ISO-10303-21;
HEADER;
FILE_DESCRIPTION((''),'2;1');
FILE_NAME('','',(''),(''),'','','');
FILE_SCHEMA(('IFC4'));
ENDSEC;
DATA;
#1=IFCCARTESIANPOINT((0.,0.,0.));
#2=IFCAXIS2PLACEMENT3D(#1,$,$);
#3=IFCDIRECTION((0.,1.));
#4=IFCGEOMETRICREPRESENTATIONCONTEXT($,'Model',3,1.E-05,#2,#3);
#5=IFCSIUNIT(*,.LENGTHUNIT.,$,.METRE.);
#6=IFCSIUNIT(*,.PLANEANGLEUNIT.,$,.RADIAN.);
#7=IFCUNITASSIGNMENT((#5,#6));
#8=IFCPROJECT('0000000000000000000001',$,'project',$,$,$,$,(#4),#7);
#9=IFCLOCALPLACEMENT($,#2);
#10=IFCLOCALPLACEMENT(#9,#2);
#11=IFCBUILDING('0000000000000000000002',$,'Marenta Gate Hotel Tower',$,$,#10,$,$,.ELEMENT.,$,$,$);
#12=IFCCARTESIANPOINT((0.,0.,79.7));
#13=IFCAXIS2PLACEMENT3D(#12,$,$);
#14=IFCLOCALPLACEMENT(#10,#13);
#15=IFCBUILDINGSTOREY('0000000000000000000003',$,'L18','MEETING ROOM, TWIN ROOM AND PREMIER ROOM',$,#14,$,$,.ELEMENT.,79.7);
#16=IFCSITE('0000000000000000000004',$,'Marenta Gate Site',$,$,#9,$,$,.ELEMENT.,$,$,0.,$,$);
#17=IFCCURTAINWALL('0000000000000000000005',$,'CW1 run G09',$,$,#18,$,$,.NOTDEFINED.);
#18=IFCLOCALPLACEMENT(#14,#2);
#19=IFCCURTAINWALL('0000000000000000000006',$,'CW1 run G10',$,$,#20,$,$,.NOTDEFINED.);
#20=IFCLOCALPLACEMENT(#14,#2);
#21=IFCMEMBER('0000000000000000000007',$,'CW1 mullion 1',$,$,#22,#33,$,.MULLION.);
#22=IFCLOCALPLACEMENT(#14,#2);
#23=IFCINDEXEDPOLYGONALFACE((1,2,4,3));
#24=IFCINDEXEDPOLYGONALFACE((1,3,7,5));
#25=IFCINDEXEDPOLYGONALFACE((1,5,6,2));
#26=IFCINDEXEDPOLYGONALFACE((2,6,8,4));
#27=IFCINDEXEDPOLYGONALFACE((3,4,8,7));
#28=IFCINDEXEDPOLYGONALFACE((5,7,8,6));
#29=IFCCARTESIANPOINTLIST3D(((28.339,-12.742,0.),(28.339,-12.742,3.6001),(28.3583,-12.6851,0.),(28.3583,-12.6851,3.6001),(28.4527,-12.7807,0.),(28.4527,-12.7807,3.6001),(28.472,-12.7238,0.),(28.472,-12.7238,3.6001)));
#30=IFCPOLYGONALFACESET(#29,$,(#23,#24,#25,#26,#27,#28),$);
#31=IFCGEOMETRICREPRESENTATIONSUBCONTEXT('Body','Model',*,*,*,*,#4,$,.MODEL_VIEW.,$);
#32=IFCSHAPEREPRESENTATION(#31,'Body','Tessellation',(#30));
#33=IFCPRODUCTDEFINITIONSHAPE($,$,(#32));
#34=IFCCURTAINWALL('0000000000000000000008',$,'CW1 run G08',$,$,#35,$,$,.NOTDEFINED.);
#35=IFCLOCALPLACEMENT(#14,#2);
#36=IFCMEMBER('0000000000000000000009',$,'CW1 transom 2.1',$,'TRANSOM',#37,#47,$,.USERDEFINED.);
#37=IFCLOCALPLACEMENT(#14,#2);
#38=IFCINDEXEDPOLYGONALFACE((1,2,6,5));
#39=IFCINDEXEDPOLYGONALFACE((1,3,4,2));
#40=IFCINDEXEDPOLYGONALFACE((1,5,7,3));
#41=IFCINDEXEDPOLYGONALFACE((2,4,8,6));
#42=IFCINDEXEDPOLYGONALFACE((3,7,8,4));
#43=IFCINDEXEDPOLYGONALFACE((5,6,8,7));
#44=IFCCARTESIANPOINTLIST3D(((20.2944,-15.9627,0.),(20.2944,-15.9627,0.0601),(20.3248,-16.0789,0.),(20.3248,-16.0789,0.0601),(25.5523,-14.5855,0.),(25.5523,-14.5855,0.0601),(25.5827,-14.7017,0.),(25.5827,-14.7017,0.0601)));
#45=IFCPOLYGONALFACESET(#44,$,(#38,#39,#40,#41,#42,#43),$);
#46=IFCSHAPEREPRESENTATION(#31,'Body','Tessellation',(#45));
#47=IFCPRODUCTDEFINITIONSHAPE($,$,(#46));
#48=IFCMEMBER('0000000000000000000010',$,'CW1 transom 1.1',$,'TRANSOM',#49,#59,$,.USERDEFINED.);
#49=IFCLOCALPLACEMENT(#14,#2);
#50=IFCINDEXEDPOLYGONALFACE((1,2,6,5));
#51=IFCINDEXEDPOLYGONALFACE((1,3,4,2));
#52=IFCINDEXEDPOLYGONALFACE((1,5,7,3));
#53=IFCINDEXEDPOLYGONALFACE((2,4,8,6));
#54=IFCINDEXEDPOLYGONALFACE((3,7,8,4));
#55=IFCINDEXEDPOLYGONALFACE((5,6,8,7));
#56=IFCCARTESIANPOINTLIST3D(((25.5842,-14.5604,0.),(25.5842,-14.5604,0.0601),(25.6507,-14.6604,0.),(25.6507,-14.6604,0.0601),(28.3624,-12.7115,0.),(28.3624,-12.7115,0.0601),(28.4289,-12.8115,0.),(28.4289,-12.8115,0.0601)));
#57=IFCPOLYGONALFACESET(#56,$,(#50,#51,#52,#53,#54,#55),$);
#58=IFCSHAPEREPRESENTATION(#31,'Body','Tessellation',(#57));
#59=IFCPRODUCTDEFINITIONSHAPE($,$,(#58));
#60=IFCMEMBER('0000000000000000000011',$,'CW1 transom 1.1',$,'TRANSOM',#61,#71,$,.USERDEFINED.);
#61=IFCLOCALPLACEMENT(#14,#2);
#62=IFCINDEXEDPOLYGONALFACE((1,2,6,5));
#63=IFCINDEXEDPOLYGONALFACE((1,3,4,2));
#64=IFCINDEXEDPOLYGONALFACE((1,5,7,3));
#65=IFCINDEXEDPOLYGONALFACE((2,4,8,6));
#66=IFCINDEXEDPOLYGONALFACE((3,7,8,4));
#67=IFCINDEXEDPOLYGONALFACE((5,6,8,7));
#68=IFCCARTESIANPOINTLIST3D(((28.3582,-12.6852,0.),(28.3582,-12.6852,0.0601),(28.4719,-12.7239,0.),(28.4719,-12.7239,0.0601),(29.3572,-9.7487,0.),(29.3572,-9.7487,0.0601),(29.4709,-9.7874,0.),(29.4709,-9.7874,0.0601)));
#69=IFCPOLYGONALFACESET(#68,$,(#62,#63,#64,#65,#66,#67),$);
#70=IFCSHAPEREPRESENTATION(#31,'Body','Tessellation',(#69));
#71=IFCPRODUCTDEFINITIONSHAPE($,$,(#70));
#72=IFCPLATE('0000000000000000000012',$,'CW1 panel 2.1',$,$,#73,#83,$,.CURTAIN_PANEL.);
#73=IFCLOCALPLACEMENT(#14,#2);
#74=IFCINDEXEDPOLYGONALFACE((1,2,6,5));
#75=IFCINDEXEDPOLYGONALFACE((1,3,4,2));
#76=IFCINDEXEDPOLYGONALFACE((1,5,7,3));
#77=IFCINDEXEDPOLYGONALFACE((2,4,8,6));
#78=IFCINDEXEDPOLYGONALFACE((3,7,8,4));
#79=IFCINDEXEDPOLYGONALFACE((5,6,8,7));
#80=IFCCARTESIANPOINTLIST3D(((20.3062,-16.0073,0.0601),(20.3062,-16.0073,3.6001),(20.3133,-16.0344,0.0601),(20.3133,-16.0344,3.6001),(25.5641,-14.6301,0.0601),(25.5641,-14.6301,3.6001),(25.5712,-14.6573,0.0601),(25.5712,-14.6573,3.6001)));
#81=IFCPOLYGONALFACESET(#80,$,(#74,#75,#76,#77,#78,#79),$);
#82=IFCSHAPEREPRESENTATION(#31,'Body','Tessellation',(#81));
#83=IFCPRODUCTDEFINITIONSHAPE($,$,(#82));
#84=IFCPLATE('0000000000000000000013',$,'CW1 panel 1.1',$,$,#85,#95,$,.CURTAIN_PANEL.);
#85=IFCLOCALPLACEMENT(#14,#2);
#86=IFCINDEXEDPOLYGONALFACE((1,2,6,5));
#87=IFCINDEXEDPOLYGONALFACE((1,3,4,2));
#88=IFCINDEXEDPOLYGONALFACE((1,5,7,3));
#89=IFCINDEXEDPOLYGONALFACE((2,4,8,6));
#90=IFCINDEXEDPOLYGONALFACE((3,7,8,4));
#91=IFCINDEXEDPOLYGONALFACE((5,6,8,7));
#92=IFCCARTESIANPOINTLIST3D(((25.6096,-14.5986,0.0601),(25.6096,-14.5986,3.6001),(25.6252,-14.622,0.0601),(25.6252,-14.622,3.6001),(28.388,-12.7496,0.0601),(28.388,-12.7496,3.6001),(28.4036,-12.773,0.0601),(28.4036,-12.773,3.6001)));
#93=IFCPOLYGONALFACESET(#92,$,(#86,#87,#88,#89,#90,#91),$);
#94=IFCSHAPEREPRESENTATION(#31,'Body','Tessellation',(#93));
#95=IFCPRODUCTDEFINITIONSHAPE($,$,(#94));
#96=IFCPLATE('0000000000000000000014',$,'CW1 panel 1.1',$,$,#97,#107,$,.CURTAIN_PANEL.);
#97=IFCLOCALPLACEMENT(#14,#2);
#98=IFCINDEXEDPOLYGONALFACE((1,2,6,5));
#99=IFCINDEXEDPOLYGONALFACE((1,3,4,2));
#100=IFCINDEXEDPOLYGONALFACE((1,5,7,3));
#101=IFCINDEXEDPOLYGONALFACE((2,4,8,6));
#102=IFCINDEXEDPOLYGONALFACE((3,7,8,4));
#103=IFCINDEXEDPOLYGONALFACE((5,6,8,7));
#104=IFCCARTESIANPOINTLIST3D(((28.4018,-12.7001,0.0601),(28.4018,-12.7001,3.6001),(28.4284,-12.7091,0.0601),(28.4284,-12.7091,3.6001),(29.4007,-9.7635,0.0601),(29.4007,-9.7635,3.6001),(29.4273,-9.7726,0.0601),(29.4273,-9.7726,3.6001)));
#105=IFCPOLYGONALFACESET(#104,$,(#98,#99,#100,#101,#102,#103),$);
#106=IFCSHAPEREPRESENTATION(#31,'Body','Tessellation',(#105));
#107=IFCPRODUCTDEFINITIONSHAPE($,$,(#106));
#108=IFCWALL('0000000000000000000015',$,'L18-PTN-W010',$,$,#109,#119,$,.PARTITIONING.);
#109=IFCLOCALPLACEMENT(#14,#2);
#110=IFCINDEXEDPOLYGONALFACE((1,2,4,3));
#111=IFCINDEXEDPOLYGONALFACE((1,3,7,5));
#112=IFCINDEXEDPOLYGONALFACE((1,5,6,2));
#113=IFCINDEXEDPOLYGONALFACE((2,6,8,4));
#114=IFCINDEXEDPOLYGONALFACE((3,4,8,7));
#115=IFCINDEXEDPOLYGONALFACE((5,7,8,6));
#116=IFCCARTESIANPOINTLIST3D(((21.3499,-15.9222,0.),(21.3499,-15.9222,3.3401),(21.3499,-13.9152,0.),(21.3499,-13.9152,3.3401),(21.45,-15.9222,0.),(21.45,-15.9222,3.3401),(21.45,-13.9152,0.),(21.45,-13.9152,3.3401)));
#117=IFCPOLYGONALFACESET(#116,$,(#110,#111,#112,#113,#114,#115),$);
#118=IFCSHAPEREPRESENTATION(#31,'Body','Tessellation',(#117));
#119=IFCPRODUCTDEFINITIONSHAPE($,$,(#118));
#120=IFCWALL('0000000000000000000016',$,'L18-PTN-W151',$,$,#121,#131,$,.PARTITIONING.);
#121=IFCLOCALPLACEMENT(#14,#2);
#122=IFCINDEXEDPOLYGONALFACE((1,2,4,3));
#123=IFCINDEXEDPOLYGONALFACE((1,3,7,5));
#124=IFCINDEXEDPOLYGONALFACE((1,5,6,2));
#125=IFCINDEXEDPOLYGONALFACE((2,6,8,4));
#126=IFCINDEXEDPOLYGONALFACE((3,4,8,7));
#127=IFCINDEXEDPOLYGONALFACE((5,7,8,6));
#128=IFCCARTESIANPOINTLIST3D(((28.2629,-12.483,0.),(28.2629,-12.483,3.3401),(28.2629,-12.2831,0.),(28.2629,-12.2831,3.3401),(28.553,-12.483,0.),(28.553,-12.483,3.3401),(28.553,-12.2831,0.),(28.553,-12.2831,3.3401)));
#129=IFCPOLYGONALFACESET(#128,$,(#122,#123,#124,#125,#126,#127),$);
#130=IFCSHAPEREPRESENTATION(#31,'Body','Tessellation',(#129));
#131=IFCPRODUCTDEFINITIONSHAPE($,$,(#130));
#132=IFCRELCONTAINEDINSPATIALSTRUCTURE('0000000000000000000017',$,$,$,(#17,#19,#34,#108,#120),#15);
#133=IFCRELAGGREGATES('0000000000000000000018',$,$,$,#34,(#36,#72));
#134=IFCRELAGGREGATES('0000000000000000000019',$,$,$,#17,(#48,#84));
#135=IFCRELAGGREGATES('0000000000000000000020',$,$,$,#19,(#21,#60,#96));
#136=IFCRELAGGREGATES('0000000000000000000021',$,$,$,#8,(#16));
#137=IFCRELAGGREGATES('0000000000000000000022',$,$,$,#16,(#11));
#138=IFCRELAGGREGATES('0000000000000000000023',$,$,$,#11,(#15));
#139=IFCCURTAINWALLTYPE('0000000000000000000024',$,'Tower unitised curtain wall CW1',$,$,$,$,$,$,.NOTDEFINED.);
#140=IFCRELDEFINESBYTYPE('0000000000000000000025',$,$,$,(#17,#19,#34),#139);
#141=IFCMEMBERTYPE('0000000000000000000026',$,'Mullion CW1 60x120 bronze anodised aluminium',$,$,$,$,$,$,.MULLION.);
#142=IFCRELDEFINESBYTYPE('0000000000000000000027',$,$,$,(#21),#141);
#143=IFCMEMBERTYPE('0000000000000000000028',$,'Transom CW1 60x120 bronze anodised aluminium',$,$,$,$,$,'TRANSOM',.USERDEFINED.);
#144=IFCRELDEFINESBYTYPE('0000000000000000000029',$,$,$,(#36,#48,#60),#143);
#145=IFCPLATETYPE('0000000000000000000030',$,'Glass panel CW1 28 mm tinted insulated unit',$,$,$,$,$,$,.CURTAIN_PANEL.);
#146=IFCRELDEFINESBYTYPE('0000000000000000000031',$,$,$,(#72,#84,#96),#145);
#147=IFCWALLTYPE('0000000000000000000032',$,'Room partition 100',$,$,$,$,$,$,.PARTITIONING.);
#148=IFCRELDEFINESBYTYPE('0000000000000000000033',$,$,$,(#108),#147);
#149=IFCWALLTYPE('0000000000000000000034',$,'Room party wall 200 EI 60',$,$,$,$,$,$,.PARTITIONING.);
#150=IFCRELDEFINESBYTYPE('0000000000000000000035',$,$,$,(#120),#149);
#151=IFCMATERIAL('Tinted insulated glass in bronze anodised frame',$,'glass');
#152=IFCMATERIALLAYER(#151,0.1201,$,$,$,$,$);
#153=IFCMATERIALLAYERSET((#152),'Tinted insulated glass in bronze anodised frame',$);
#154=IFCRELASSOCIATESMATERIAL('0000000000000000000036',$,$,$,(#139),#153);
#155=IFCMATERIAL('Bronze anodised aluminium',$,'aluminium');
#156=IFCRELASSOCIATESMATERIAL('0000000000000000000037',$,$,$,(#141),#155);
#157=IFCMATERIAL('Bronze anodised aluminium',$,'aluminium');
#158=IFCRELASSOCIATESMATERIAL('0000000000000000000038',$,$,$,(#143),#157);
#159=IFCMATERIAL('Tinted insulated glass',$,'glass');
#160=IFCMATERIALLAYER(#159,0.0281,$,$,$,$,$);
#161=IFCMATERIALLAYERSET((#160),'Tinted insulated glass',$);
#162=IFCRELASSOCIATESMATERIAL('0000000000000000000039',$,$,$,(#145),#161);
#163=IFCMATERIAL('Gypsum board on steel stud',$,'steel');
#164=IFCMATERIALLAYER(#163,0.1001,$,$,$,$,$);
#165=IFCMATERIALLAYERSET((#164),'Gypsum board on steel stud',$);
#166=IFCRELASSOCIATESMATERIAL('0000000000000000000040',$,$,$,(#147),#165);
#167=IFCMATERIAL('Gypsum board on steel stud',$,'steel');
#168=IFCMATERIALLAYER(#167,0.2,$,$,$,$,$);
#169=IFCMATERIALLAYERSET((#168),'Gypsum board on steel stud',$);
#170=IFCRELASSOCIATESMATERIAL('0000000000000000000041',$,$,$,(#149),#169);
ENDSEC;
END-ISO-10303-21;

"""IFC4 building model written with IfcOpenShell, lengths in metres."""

from ifc_helpers import new_model, si_unit, direction, frame, frame_2d, origin, origin_2d, place, context, subcontext, project, spatial, rectangle, extrude, material, layer, layer_set, material_profile, profile_set, type_object, element, aggregate, save


model = new_model("IFC4")

# Units and contexts
model_context = context("Model", 3, precision=1e-05, world=origin(), true_north=direction((0.0, 1.0)))
body_context = subcontext(model_context, "Body", "Model", "MODEL_VIEW")
ifc_project = project(units=[si_unit("LENGTHUNIT", "METRE"), si_unit("PLANEANGLEUNIT", "RADIAN")], contexts=[model_context])

# Site, building, storey
site_placement = place(None, origin())
site = spatial("IfcSite", under=ifc_project, at=site_placement, Name="Marenta Gate Site", CompositionType="ELEMENT", RefElevation=0.0)
building_placement = place(site_placement, origin())
building = spatial("IfcBuilding", under=site, at=building_placement, Name="Marenta Gate Hotel Tower", CompositionType="ELEMENT")
storey_placement = place(building_placement, frame((0.0, 0.0, 79.7)))
storey = spatial("IfcBuildingStorey", under=building, at=storey_placement, Name="L18", Description="MEETING ROOM, TWIN ROOM AND PREMIER ROOM", CompositionType="ELEMENT", Elevation=79.7)

# Curtain walls, members
ifc_material_1 = material(Name="Tinted insulated glass in bronze anodised frame", Category="glass")
ifc_layer_1 = layer(ifc_material_1, 0.1201)
ifc_layer_set_1 = layer_set([ifc_layer_1], Name="Tinted insulated glass in bronze anodised frame")
curtain_wall_type = type_object("IfcCurtainWallType", Name="Tower unitised curtain wall CW1", PredefinedType="NOTDEFINED", material=ifc_layer_set_1)
curtain_wall_1_placement = place(storey_placement, origin())
curtain_wall_1 = element("IfcCurtainWall", 1, at=curtain_wall_1_placement, inside=storey, type_object=curtain_wall_type, Name="CW1 run G09", PredefinedType="NOTDEFINED")
ifc_material_2 = material(Name="Bronze anodised aluminium", Category="aluminium")
ifc_material_profile_1 = material_profile(ifc_material_2, rectangle(XDim=0.1201, YDim=0.0601, at=origin_2d()), Name="Mullion CW1 60x120 bronze anodised aluminium")
ifc_profile_set_1 = profile_set([ifc_material_profile_1], Name="Bronze anodised aluminium")
member_type_1 = type_object("IfcMemberType", Name="Mullion CW1 60x120 bronze anodised aluminium", PredefinedType="MULLION", material=ifc_profile_set_1)
curtain_wall_2_placement = place(storey_placement, origin())
curtain_wall_2 = element("IfcCurtainWall", 2, at=curtain_wall_2_placement, inside=storey, type_object=curtain_wall_type, Name="CW1 run G10", PredefinedType="NOTDEFINED")
member_1_placement = place(storey_placement, frame((28.4055, -12.7329, 0.0), z_axis=(0.0, 0.0, 1.0), x_axis=(-0.94673, 0.322029, 0.0)))
member_1 = element("IfcMember", 3, at=member_1_placement, type_object=member_type_1, Name="CW1 mullion 1", PredefinedType="MULLION", context=body_context, shape_type="SweptSolid", body=[
    extrude(rectangle(XDim=0.1201, YDim=0.0601, at=origin_2d()), origin(), (0.0, 0.0, 1.0), 3.6001),
])
curtain_wall_3_placement = place(storey_placement, origin())
curtain_wall_3 = element("IfcCurtainWall", 4, at=curtain_wall_3_placement, inside=storey, type_object=curtain_wall_type, Name="CW1 run G08", PredefinedType="NOTDEFINED")
ifc_material_3 = material(Name="Bronze anodised aluminium", Category="aluminium")
ifc_material_profile_2 = material_profile(ifc_material_3, rectangle(XDim=0.1201, YDim=0.0601, at=origin_2d()), Name="Transom CW1 60x120 bronze anodised aluminium")
ifc_profile_set_2 = profile_set([ifc_material_profile_2], Name="Bronze anodised aluminium")
member_type_2 = type_object("IfcMemberType", Name="Transom CW1 60x120 bronze anodised aluminium", ElementType="TRANSOM", PredefinedType="USERDEFINED", material=ifc_profile_set_2)
member_2_placement = place(storey_placement, frame((20.3096, -16.0208, 0.03), z_axis=(0.967368, 0.253374, 0.0), x_axis=(-0.253374, 0.967368, 0.0)))
member_2 = element("IfcMember", 5, at=member_2_placement, type_object=member_type_2, Name="CW1 transom 2.1", ObjectType="TRANSOM", PredefinedType="USERDEFINED", context=body_context, shape_type="SweptSolid", body=[
    extrude(rectangle(XDim=0.1201, YDim=0.0601, at=origin_2d()), origin(), (0.0, 0.0, 1.0), 5.4353),
])

# Members
member_3_placement = place(storey_placement, frame((25.6174, -14.6104, 0.03), z_axis=(0.832511, 0.554008, 0.0), x_axis=(-0.554008, 0.832511, 0.0)))
member_3 = element("IfcMember", 6, at=member_3_placement, type_object=member_type_2, Name="CW1 transom 1.1", ObjectType="TRANSOM", PredefinedType="USERDEFINED", context=body_context, shape_type="SweptSolid", body=[
    extrude(rectangle(XDim=0.1201, YDim=0.0601, at=origin_2d()), origin(), (0.0, 0.0, 1.0), 3.3372),
])
member_4_placement = place(storey_placement, frame((28.415, -12.7046, 0.03), z_axis=(0.322078, 0.946713, 0.0), x_axis=(-0.946713, 0.322078, 0.0)))
member_4 = element("IfcMember", 7, at=member_4_placement, type_object=member_type_2, Name="CW1 transom 1.1", ObjectType="TRANSOM", PredefinedType="USERDEFINED", context=body_context, shape_type="SweptSolid", body=[
    extrude(rectangle(XDim=0.1201, YDim=0.0601, at=origin_2d()), origin(), (0.0, 0.0, 1.0), 3.1018),
])

# Plates
ifc_material_4 = material(Name="Tinted insulated glass", Category="glass")
ifc_layer_2 = layer(ifc_material_4, 0.0281)
ifc_layer_set_2 = layer_set([ifc_layer_2], Name="Tinted insulated glass")
plate_type = type_object("IfcPlateType", Name="Glass panel CW1 28 mm tinted insulated unit", PredefinedType="CURTAIN_PANEL", material=ifc_layer_set_2)
plate_1_placement = place(storey_placement, frame((22.9387, -15.3323, 0.0601), z_axis=(0.0, 0.0, 1.0), x_axis=(0.967369, 0.253372, 0.0)))
plate_1 = element("IfcPlate", 8, at=plate_1_placement, type_object=plate_type, Name="CW1 panel 2.1", PredefinedType="CURTAIN_PANEL", context=body_context, shape_type="SweptSolid", body=[
    extrude(rectangle(XDim=5.4353, YDim=0.0281, at=origin_2d()), origin(), (0.0, 0.0, 1.0), 3.54),
])
aggregate(curtain_wall_3, [member_2, plate_1])
plate_2_placement = place(storey_placement, frame((27.0066, -13.6858, 0.0601), z_axis=(0.0, 0.0, 1.0), x_axis=(0.832494, 0.554034, 0.0)))
plate_2 = element("IfcPlate", 9, at=plate_2_placement, type_object=plate_type, Name="CW1 panel 1.1", PredefinedType="CURTAIN_PANEL", context=body_context, shape_type="SweptSolid", body=[
    extrude(rectangle(XDim=3.3374, YDim=0.0281, at=origin_2d()), origin(), (0.0, 0.0, 1.0), 3.54),
])
aggregate(curtain_wall_1, [member_3, plate_2])
plate_3_placement = place(storey_placement, frame((28.9146, -11.2363, 0.0601), z_axis=(0.0, 0.0, 1.0), x_axis=(0.322029, 0.94673, 0.0)))
plate_3 = element("IfcPlate", 10, at=plate_3_placement, type_object=plate_type, Name="CW1 panel 1.1", PredefinedType="CURTAIN_PANEL", context=body_context, shape_type="SweptSolid", body=[
    extrude(rectangle(XDim=3.1018, YDim=0.0281, at=origin_2d()), origin(), (0.0, 0.0, 1.0), 3.54),
])
aggregate(curtain_wall_2, [member_1, member_4, plate_3])

# Walls
ifc_material_5 = material(Name="Gypsum board on steel stud", Category="steel")
ifc_layer_3 = layer(ifc_material_5, 0.1001)
ifc_layer_set_3 = layer_set([ifc_layer_3], Name="Gypsum board on steel stud")
wall_type_1 = type_object("IfcWallType", Name="Room partition 100", PredefinedType="PARTITIONING", material=ifc_layer_set_3)
wall_1_placement = place(storey_placement, frame((21.3999, -15.9221, 0.0), z_axis=(0.0, 0.0, 1.0), x_axis=(0.0, 1.0, 0.0)))
element("IfcWall", 11, at=wall_1_placement, inside=storey, type_object=wall_type_1, Name="L18-PTN-W010", PredefinedType="PARTITIONING", context=body_context, shape_type="SweptSolid", body=[
    extrude(rectangle(XDim=2.0071, YDim=0.1001, at=frame_2d((1.0034, 0.0))), origin(), (0.0, 0.0, 1.0), 3.3401),
])
ifc_material_6 = material(Name="Gypsum board on steel stud", Category="steel")
ifc_layer_4 = layer(ifc_material_6, 0.2)
ifc_layer_set_4 = layer_set([ifc_layer_4], Name="Gypsum board on steel stud")
wall_type_2 = type_object("IfcWallType", Name="Room party wall 200 EI 60", PredefinedType="PARTITIONING", material=ifc_layer_set_4)
wall_2_placement = place(storey_placement, frame((28.2629, -12.3831, 0.0), z_axis=(0.0, 0.0, 1.0), x_axis=(1.0, 0.0, 0.0)))
element("IfcWall", 12, at=wall_2_placement, inside=storey, type_object=wall_type_2, Name="L18-PTN-W151", PredefinedType="PARTITIONING", context=body_context, shape_type="SweptSolid", body=[
    extrude(rectangle(XDim=0.29, YDim=0.2, at=frame_2d((0.145, 0.0))), origin(), (0.0, 0.0, 1.0), 3.3401),
])

save(model, "model.ifc")
